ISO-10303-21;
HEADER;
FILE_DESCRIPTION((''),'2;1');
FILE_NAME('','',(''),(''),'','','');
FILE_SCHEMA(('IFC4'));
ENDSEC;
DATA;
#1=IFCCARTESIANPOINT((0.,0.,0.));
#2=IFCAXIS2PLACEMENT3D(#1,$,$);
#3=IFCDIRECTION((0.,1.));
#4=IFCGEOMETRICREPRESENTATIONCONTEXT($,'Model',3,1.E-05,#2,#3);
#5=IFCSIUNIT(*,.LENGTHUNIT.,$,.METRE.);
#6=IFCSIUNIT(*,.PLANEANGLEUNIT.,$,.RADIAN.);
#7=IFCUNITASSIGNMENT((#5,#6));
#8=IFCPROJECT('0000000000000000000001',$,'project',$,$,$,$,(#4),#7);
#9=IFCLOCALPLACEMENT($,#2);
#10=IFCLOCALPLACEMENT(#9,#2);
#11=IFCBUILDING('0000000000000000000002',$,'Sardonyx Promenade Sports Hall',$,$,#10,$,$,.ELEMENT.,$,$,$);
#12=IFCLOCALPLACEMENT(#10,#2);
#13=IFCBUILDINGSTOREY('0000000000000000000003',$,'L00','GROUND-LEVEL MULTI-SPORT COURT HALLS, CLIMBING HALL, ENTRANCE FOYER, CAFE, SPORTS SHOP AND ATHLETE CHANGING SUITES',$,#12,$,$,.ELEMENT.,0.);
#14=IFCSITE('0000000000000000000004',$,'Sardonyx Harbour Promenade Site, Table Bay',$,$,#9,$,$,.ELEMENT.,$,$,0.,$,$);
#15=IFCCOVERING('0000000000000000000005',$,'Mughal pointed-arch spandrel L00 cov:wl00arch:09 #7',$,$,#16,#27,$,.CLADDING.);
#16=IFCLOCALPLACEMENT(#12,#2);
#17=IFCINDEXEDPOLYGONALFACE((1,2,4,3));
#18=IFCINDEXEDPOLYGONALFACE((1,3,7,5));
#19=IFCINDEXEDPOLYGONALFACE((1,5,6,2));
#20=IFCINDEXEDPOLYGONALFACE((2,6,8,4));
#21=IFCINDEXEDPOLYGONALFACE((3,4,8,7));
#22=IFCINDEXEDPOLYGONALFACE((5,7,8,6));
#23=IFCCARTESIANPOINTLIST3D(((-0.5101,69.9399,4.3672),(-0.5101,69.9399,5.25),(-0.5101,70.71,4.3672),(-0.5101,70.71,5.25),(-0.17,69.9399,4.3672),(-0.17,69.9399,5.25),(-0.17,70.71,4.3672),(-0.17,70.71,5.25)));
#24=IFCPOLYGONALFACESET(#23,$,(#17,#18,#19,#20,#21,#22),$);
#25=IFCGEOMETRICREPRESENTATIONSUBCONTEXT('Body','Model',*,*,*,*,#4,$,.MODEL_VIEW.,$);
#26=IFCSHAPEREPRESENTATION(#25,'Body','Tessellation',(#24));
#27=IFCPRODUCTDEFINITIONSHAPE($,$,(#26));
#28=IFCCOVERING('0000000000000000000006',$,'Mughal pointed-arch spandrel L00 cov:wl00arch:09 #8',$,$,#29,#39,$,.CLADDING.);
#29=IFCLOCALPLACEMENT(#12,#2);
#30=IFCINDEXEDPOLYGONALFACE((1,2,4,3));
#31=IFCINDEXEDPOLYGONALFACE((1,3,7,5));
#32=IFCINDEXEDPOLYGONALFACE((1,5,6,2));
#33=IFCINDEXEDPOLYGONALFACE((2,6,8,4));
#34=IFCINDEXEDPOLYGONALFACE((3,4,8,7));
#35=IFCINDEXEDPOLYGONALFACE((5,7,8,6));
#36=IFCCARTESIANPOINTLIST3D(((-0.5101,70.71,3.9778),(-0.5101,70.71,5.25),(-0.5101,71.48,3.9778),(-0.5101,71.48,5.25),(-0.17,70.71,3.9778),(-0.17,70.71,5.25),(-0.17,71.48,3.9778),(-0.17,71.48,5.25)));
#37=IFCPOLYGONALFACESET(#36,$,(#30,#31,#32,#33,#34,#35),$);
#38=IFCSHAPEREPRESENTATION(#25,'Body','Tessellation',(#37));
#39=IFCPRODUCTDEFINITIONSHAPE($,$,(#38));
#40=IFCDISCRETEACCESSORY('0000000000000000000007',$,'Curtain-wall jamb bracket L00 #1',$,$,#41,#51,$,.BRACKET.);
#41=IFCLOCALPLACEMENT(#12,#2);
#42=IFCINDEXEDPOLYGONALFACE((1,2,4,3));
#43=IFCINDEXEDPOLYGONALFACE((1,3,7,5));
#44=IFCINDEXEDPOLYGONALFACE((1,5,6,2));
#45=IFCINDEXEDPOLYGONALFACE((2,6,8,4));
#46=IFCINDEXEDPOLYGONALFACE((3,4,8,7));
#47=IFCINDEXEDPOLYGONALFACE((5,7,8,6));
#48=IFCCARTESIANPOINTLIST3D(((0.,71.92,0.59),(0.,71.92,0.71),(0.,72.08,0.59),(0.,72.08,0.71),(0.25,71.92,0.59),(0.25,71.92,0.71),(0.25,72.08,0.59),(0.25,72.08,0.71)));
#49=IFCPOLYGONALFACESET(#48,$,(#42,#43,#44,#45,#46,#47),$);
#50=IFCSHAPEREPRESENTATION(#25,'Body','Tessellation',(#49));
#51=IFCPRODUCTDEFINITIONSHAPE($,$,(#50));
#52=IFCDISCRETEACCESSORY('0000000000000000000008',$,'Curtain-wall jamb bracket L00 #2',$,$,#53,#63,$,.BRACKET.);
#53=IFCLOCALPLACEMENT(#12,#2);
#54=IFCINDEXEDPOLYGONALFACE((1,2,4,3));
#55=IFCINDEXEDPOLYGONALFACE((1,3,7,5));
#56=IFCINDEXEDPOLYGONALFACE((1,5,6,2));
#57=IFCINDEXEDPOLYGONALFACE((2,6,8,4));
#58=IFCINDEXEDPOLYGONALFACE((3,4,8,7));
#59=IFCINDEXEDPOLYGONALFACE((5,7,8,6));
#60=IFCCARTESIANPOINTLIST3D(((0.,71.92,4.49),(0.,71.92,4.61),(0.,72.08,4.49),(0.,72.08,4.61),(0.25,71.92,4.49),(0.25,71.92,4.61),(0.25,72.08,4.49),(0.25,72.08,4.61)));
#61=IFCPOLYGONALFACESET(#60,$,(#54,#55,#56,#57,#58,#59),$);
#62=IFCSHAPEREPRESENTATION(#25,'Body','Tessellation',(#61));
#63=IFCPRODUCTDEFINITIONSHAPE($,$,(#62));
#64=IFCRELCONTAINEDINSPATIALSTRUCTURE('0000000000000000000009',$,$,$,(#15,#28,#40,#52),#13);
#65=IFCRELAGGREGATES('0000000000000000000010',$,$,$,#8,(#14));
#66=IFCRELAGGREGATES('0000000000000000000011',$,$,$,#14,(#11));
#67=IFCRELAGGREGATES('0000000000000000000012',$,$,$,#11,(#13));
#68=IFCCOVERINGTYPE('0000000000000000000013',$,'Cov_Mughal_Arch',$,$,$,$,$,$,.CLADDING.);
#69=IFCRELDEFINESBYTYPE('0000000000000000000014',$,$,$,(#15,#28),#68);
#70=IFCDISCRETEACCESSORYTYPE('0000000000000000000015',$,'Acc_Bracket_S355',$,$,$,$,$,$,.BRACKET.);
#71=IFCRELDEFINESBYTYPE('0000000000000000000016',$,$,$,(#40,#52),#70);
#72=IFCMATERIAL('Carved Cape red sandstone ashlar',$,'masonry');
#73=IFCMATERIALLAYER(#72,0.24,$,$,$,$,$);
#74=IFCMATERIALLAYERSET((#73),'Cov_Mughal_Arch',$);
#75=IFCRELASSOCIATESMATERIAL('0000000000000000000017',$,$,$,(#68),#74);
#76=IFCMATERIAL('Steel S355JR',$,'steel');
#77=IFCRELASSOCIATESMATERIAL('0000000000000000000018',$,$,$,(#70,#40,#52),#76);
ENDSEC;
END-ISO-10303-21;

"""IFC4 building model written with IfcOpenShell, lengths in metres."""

from ifc_helpers import new_model, si_unit, direction, frame, frame_2d, origin, place, context, subcontext, project, spatial, rectangle, extrude, material, layer, layer_set, type_object, element, save


model = new_model("IFC4")

# Units and contexts
model_context = context("Model", 3, precision=1e-05, world=origin(), true_north=direction((0.0, 1.0)))
body_context = subcontext(model_context, "Body", "Model", "MODEL_VIEW")
ifc_project = project(units=[si_unit("LENGTHUNIT", "METRE"), si_unit("PLANEANGLEUNIT", "RADIAN")], contexts=[model_context])

# Site, building, storey
site_placement = place(None, origin())
site = spatial("IfcSite", under=ifc_project, at=site_placement, Name="Sardonyx Harbour Promenade Site, Table Bay", CompositionType="ELEMENT", RefElevation=0.0)
building_placement = place(site_placement, origin())
building = spatial("IfcBuilding", under=site, at=building_placement, Name="Sardonyx Promenade Sports Hall", CompositionType="ELEMENT")
storey_placement = place(building_placement, origin())
storey = spatial("IfcBuildingStorey", under=building, at=storey_placement, Name="L00", Description="GROUND-LEVEL MULTI-SPORT COURT HALLS, CLIMBING HALL, ENTRANCE FOYER, CAFE, SPORTS SHOP AND ATHLETE CHANGING SUITES", CompositionType="ELEMENT", Elevation=0.0)

# Coverings
ifc_material_1 = material(Name="Carved Cape red sandstone ashlar", Category="masonry")
ifc_layer_1 = layer(ifc_material_1, 0.24)
ifc_layer_set_1 = layer_set([ifc_layer_1], Name="Cov_Mughal_Arch")
covering_type = type_object("IfcCoveringType", Name="Cov_Mughal_Arch", PredefinedType="CLADDING", material=ifc_layer_set_1)
covering_1_placement = place(storey_placement, frame((-0.3401, 69.9399, 4.3672), z_axis=(0.0, 0.0, 1.0), x_axis=(0.0, 1.0, 0.0)))
element("IfcCovering", 1, at=covering_1_placement, inside=storey, type_object=covering_type, Name="Mughal pointed-arch spandrel L00 cov:wl00arch:09 #7", PredefinedType="CLADDING", context=body_context, shape_type="SweptSolid", body=[
    extrude(rectangle(XDim=0.77, YDim=0.3401, at=frame_2d((0.385, 0.0))), origin(), (0.0, 0.0, 1.0), 0.8828),
])
covering_2_placement = place(storey_placement, frame((-0.3401, 70.71, 3.9778), z_axis=(0.0, 0.0, 1.0), x_axis=(0.0, 1.0, 0.0)))
element("IfcCovering", 2, at=covering_2_placement, inside=storey, type_object=covering_type, Name="Mughal pointed-arch spandrel L00 cov:wl00arch:09 #8", PredefinedType="CLADDING", context=body_context, shape_type="SweptSolid", body=[
    extrude(rectangle(XDim=0.77, YDim=0.3401, at=frame_2d((0.385, 0.0))), origin(), (0.0, 0.0, 1.0), 1.2722),
])

# Discrete accessories
ifc_material_2 = material(Name="Steel S355JR", Category="steel")
discrete_accessory_type = type_object("IfcDiscreteAccessoryType", Name="Acc_Bracket_S355", PredefinedType="BRACKET", material=ifc_material_2)
for number, where, z_axis, x_axis, name in (
    (3, (0.125, 72.0, 0.59), (0.0, 0.0, 1.0), (1.0, 0.0, 0.0), "Curtain-wall jamb bracket L00 #1"),
    (4, (0.125, 72.0, 4.49), (0.0, 0.0, 1.0), (1.0, 0.0, 0.0), "Curtain-wall jamb bracket L00 #2"),
):
    element("IfcDiscreteAccessory", number, at=place(storey_placement, frame(where, z_axis=z_axis, x_axis=x_axis)), inside=storey, type_object=discrete_accessory_type, material=ifc_material_2, Name=name, PredefinedType="BRACKET", context=body_context, shape_type="SweptSolid", body=[
        extrude(rectangle(XDim=0.25, YDim=0.16), origin(), (0.0, 0.0, 1.0), 0.12),
    ])

save(model, "model.ifc")
